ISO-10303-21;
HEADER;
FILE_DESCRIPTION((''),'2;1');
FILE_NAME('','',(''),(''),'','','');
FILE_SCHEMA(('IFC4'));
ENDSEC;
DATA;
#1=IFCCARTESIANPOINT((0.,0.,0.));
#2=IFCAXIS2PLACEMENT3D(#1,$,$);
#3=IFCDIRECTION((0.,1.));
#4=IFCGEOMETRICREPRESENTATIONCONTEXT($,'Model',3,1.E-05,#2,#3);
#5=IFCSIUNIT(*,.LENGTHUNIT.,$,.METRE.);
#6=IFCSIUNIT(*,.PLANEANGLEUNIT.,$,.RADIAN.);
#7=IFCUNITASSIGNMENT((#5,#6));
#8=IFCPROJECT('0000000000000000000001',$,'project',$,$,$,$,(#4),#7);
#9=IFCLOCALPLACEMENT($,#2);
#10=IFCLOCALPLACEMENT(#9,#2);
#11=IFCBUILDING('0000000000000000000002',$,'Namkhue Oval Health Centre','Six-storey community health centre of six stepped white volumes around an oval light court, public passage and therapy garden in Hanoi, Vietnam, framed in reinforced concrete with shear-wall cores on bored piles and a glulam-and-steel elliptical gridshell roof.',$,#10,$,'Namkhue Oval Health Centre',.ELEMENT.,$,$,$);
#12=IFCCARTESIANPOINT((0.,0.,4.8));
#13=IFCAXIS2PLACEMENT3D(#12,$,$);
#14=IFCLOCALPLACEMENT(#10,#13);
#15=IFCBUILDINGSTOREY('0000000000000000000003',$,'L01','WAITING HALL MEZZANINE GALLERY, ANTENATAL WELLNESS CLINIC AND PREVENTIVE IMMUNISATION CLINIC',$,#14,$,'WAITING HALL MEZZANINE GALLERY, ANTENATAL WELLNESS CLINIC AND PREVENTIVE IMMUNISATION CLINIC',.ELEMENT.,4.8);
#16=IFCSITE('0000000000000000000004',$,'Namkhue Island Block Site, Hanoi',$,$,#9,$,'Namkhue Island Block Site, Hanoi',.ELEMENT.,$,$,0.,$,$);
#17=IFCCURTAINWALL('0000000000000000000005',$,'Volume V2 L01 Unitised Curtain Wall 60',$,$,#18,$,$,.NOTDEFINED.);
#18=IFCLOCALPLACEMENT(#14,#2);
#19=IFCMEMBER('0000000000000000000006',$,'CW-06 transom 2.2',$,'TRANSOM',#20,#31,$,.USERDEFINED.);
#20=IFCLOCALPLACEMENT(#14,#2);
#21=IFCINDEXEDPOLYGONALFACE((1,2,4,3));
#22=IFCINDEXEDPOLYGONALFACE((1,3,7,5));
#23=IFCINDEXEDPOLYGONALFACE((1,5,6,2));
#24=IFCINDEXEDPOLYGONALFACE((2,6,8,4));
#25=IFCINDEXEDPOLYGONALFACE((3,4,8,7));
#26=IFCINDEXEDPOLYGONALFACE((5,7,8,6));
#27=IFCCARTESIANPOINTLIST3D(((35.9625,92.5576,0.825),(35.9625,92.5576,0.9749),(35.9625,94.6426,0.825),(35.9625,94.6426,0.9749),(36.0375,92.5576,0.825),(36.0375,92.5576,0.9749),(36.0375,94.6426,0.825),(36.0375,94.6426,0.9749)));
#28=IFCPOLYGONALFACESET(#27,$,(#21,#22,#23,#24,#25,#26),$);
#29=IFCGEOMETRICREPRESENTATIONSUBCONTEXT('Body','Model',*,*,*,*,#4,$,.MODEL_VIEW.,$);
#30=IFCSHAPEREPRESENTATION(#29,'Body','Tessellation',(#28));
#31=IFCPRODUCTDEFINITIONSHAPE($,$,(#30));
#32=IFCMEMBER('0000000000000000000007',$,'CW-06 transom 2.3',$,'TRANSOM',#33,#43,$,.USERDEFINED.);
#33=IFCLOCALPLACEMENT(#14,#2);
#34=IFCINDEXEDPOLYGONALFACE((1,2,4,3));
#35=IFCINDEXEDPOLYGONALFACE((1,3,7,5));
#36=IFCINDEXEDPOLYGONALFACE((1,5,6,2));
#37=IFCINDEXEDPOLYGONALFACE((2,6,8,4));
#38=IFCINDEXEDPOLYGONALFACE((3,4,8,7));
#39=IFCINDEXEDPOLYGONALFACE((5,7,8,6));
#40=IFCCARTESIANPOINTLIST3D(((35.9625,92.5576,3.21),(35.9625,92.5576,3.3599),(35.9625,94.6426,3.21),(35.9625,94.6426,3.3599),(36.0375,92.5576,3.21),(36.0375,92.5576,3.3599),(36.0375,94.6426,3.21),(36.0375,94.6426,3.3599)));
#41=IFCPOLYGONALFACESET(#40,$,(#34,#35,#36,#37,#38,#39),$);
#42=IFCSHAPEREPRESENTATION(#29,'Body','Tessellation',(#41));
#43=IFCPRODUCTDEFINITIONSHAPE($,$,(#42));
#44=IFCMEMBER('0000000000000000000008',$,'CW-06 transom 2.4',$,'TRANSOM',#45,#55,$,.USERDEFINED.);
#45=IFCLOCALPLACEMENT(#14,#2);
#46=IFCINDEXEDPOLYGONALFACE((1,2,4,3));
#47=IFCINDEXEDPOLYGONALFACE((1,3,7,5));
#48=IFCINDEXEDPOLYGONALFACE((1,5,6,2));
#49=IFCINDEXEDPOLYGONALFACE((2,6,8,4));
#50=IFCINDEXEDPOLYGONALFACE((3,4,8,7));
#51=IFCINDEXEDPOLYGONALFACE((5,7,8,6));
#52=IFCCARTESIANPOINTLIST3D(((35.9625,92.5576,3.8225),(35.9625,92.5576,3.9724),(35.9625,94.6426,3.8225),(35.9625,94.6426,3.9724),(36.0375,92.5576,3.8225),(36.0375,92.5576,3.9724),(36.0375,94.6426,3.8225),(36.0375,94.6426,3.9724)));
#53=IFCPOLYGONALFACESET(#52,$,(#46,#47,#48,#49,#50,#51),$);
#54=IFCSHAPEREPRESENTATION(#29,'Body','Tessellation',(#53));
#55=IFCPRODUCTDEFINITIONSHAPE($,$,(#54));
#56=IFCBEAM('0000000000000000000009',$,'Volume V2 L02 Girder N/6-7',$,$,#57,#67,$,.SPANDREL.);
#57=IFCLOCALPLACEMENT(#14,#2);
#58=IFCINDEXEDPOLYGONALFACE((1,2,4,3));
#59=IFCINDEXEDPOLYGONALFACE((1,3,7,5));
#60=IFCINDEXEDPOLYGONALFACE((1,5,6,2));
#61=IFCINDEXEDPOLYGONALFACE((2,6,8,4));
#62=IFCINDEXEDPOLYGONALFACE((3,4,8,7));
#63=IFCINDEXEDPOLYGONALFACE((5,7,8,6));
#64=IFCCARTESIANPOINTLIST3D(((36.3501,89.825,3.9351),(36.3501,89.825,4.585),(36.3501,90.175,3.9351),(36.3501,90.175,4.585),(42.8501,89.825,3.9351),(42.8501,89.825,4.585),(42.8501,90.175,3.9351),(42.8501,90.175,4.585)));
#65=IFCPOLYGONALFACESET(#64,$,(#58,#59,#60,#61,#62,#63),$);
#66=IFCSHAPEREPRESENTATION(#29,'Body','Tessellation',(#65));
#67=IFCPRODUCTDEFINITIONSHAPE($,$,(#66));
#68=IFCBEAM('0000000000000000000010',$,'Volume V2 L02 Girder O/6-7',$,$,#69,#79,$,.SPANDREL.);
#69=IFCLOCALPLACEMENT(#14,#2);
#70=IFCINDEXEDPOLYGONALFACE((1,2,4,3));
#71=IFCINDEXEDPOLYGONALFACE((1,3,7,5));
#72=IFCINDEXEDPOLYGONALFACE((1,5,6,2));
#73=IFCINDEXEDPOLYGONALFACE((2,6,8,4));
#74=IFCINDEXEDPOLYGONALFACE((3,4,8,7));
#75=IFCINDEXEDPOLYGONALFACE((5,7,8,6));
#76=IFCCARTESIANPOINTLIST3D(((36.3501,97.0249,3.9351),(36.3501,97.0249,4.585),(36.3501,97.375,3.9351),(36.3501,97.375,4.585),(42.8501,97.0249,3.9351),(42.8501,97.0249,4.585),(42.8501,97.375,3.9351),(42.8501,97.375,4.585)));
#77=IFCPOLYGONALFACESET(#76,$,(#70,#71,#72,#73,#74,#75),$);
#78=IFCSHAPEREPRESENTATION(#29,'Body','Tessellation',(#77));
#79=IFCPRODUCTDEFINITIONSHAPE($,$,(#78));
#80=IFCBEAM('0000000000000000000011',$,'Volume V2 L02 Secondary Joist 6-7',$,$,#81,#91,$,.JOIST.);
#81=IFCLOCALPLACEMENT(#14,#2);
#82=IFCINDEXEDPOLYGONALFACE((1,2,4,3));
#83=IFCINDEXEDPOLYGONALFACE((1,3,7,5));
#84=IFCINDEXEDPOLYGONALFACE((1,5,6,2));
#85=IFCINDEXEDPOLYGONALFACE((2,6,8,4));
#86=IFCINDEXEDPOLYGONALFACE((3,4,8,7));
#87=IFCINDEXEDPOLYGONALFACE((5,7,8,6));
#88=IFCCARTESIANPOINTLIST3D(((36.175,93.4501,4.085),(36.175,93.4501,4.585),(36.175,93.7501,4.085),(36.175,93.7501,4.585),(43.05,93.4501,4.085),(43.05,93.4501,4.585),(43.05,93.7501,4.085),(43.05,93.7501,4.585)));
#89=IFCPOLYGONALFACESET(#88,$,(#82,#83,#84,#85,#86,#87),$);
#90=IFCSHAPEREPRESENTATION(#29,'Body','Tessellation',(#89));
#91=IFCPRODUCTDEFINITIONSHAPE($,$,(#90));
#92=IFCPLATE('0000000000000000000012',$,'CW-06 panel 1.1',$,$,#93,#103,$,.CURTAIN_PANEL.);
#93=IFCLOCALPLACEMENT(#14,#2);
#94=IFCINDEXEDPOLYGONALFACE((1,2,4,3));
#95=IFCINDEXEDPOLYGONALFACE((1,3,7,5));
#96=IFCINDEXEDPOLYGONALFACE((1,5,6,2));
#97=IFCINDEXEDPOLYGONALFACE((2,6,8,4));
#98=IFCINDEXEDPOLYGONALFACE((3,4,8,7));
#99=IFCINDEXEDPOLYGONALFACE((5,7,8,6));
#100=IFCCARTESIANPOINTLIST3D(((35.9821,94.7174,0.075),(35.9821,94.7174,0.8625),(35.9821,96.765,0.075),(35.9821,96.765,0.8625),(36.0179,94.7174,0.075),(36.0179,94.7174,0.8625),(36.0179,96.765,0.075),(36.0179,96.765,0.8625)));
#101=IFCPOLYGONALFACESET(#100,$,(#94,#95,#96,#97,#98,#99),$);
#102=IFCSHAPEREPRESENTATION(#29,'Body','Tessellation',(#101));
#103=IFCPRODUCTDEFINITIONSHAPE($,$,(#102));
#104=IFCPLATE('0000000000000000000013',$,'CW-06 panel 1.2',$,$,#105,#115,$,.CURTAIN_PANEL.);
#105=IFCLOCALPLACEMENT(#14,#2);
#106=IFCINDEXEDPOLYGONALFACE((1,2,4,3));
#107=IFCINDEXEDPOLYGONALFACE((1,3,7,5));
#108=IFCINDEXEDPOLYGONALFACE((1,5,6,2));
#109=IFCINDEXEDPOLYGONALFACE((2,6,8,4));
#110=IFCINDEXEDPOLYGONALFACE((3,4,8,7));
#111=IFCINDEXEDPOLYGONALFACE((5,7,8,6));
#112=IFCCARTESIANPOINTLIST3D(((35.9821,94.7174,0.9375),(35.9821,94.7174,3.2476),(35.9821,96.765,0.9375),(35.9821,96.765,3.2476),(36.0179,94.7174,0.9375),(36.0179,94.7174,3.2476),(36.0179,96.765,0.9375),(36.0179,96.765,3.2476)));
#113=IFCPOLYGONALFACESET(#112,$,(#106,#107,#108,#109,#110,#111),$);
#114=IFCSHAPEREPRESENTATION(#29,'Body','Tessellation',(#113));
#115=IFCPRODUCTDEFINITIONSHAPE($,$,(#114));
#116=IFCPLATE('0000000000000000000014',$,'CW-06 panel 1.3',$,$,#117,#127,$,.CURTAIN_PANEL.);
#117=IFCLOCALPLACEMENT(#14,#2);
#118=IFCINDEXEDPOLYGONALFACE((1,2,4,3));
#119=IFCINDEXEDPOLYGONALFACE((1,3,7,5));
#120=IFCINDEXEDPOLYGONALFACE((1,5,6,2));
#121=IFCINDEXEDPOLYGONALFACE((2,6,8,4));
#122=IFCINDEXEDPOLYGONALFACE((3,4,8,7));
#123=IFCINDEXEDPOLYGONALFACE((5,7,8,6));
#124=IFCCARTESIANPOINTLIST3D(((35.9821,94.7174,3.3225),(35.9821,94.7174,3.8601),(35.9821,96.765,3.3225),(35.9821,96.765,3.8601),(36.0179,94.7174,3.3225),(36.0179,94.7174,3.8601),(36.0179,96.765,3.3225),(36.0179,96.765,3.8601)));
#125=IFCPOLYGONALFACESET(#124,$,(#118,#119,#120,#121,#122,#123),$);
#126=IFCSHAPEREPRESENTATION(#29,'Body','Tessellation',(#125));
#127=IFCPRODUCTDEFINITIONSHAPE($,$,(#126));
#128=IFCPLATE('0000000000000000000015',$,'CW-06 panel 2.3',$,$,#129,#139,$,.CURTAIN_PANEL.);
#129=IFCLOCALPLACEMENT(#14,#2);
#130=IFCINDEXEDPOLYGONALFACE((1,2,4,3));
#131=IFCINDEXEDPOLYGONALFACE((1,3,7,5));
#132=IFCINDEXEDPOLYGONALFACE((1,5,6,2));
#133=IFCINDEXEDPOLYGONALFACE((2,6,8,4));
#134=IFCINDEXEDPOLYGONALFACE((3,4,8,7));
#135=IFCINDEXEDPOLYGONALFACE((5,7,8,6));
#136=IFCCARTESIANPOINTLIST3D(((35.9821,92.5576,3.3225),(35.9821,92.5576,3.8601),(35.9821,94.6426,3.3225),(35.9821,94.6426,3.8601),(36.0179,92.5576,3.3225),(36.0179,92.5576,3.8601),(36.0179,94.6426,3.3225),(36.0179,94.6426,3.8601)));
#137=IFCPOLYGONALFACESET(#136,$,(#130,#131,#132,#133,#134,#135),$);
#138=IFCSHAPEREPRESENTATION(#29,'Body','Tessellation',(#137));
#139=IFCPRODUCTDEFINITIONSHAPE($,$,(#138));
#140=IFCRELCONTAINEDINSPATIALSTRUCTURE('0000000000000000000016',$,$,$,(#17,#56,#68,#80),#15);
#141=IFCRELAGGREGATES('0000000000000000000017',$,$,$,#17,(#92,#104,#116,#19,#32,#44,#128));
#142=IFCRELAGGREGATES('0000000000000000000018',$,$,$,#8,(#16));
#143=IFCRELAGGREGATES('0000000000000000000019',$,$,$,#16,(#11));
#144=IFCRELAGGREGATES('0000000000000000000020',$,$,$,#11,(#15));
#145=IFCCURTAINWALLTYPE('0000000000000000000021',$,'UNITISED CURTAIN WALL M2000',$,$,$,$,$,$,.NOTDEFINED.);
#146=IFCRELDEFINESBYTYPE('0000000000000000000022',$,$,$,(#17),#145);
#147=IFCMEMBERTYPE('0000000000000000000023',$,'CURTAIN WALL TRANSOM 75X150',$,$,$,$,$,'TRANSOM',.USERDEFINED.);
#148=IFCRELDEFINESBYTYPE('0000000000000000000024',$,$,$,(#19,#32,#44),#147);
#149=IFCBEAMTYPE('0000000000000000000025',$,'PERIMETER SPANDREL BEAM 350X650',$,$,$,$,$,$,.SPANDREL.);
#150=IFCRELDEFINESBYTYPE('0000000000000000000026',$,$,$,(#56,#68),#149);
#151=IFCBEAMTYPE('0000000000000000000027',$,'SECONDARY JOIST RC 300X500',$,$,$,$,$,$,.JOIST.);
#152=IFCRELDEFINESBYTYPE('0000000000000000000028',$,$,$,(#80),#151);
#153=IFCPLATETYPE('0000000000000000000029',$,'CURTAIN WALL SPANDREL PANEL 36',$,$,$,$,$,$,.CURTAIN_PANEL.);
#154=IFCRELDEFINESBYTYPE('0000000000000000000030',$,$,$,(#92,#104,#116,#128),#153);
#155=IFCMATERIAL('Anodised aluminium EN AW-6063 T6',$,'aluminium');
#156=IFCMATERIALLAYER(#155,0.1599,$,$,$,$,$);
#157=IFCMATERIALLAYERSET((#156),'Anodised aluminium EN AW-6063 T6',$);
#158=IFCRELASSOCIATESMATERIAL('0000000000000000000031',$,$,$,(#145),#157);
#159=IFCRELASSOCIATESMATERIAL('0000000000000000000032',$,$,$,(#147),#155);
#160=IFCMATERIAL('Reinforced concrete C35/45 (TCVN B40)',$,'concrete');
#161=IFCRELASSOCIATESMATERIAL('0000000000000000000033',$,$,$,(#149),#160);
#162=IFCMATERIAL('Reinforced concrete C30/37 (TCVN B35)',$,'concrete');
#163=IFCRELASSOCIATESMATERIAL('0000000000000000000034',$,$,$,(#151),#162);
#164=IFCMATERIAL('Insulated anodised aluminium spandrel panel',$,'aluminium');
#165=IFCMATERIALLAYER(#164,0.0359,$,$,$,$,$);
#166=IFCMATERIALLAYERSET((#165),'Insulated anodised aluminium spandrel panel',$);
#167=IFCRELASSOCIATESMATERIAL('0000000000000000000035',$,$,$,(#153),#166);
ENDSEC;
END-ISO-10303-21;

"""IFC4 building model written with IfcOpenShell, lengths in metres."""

from ifc_helpers import new_model, si_unit, direction, frame, origin, origin_2d, place, context, subcontext, project, spatial, rectangle, extrude, material, layer, layer_set, material_profile, profile_set, type_object, element, aggregate, save


model = new_model("IFC4")

# Units and contexts
model_context = context("Model", 3, precision=1e-05, world=origin(), true_north=direction((0.0, 1.0)))
body_context = subcontext(model_context, "Body", "Model", "MODEL_VIEW")
ifc_project = project(units=[si_unit("LENGTHUNIT", "METRE"), si_unit("PLANEANGLEUNIT", "RADIAN")], contexts=[model_context])

# Site, building, storey
site_placement = place(None, origin())
site = spatial("IfcSite", under=ifc_project, at=site_placement, Name="Namkhue Island Block Site, Hanoi", LongName="Namkhue Island Block Site, Hanoi", CompositionType="ELEMENT", RefElevation=0.0)
building_placement = place(site_placement, origin())
building = spatial("IfcBuilding", under=site, at=building_placement, Name="Namkhue Oval Health Centre", Description="Six-storey community health centre of six stepped white volumes around an oval light court, public passage and therapy garden in Hanoi, Vietnam, framed in reinforced concrete with shear-wall cores on bored piles and a glulam-and-steel elliptical gridshell roof.", LongName="Namkhue Oval Health Centre", CompositionType="ELEMENT")
storey_placement = place(building_placement, frame((0.0, 0.0, 4.8)))
storey = spatial("IfcBuildingStorey", under=building, at=storey_placement, Name="L01", Description="WAITING HALL MEZZANINE GALLERY, ANTENATAL WELLNESS CLINIC AND PREVENTIVE IMMUNISATION CLINIC", LongName="WAITING HALL MEZZANINE GALLERY, ANTENATAL WELLNESS CLINIC AND PREVENTIVE IMMUNISATION CLINIC", CompositionType="ELEMENT", Elevation=4.8)

# Shared definitions
ifc_material_1 = material(Name="Reinforced concrete C35/45 (TCVN B40)", Category="concrete")

# Shared definitions
ifc_material_2 = material(Name="Anodised aluminium EN AW-6063 T6", Category="aluminium")

# Curtain wall
ifc_layer_1 = layer(ifc_material_2, 0.1599)
ifc_layer_set_1 = layer_set([ifc_layer_1], Name="Anodised aluminium EN AW-6063 T6")
curtain_wall_type_1 = type_object("IfcCurtainWallType", Name="UNITISED CURTAIN WALL M2000", PredefinedType="NOTDEFINED", material=ifc_layer_set_1)
curtain_wall_1_placement = place(storey_placement, origin())
curtain_wall_1 = element("IfcCurtainWall", 1, at=curtain_wall_1_placement, inside=storey, type_object=curtain_wall_type_1, Name="Volume V2 L01 Unitised Curtain Wall 60", PredefinedType="NOTDEFINED")

# Members
ifc_material_profile_1 = material_profile(ifc_material_2, rectangle(XDim=0.075, YDim=0.1499, at=origin_2d()), Name="ALU 75x150")
ifc_profile_set_1 = profile_set([ifc_material_profile_1], Name="Anodised aluminium EN AW-6063 T6")
member_type_1 = type_object("IfcMemberType", Name="CURTAIN WALL TRANSOM 75X150", ElementType="TRANSOM", PredefinedType="USERDEFINED", material=ifc_profile_set_1)
member_1_placement = place(storey_placement, frame((36.0, 94.6426, 0.8999), z_axis=(0.0, -1.0, 0.0), x_axis=(1.0, 0.0, 0.0)))
member_1 = element("IfcMember", 2, at=member_1_placement, type_object=member_type_1, Name="CW-06 transom 2.2", ObjectType="TRANSOM", PredefinedType="USERDEFINED", context=body_context, shape_type="SweptSolid", body=[
    extrude(rectangle(XDim=0.075, YDim=0.1499, at=origin_2d()), origin(), (0.0, 0.0, 1.0), 2.085),
])
member_2_placement = place(storey_placement, frame((36.0, 94.6426, 3.2849), z_axis=(0.0, -1.0, 0.0), x_axis=(1.0, 0.0, 0.0)))
member_2 = element("IfcMember", 3, at=member_2_placement, type_object=member_type_1, Name="CW-06 transom 2.3", ObjectType="TRANSOM", PredefinedType="USERDEFINED", context=body_context, shape_type="SweptSolid", body=[
    extrude(rectangle(XDim=0.075, YDim=0.1499, at=origin_2d()), origin(), (0.0, 0.0, 1.0), 2.085),
])
member_3_placement = place(storey_placement, frame((36.0, 94.6426, 3.8975), z_axis=(0.0, -1.0, 0.0), x_axis=(1.0, 0.0, 0.0)))
member_3 = element("IfcMember", 4, at=member_3_placement, type_object=member_type_1, Name="CW-06 transom 2.4", ObjectType="TRANSOM", PredefinedType="USERDEFINED", context=body_context, shape_type="SweptSolid", body=[
    extrude(rectangle(XDim=0.075, YDim=0.1499, at=origin_2d()), origin(), (0.0, 0.0, 1.0), 2.085),
])

# Beams
ifc_material_profile_2 = material_profile(ifc_material_1, rectangle(XDim=0.3501, YDim=0.6499, at=origin_2d()), Name="RC 350x650")
ifc_profile_set_2 = profile_set([ifc_material_profile_2], Name="Reinforced concrete C35/45 (TCVN B40)")
beam_type_1 = type_object("IfcBeamType", Name="PERIMETER SPANDREL BEAM 350X650", PredefinedType="SPANDREL", material=ifc_profile_set_2)
for number, where, z_axis, x_axis, name in (
    (5, (36.3501, 90.0, 4.26), (1.0, 0.0, 0.0), (0.0, 1.0, 0.0), "Volume V2 L02 Girder N/6-7"),
    (6, (36.3501, 97.2, 4.26), (1.0, 0.0, 0.0), (0.0, 1.0, 0.0), "Volume V2 L02 Girder O/6-7"),
):
    element("IfcBeam", number, at=place(storey_placement, frame(where, z_axis=z_axis, x_axis=x_axis)), inside=storey, type_object=beam_type_1, Name=name, PredefinedType="SPANDREL", context=body_context, shape_type="SweptSolid", body=[
        extrude(rectangle(XDim=0.3501, YDim=0.6499, at=origin_2d()), origin(), (0.0, 0.0, 1.0), 6.5),
    ])
ifc_material_3 = material(Name="Reinforced concrete C30/37 (TCVN B35)", Category="concrete")
ifc_material_profile_3 = material_profile(ifc_material_3, rectangle(XDim=0.3, YDim=0.5, at=origin_2d()), Name="RC 300x500")
ifc_profile_set_3 = profile_set([ifc_material_profile_3], Name="Reinforced concrete C30/37 (TCVN B35)")
beam_type_2 = type_object("IfcBeamType", Name="SECONDARY JOIST RC 300X500", PredefinedType="JOIST", material=ifc_profile_set_3)
beam_placement = place(storey_placement, frame((36.175, 93.6001, 4.335), z_axis=(1.0, 0.0, 0.0), x_axis=(0.0, 1.0, 0.0)))
element("IfcBeam", 7, at=beam_placement, inside=storey, type_object=beam_type_2, Name="Volume V2 L02 Secondary Joist 6-7", PredefinedType="JOIST", context=body_context, shape_type="SweptSolid", body=[
    extrude(rectangle(XDim=0.3, YDim=0.5, at=origin_2d()), origin(), (0.0, 0.0, 1.0), 6.875),
])

# Plates
ifc_material_4 = material(Name="Insulated anodised aluminium spandrel panel", Category="aluminium")
ifc_layer_2 = layer(ifc_material_4, 0.0359)
ifc_layer_set_2 = layer_set([ifc_layer_2], Name="Insulated anodised aluminium spandrel panel")
plate_type = type_object("IfcPlateType", Name="CURTAIN WALL SPANDREL PANEL 36", PredefinedType="CURTAIN_PANEL", material=ifc_layer_set_2)
plate_1_placement = place(storey_placement, frame((36.0, 95.7412, 0.075), z_axis=(0.0, 0.0, 1.0), x_axis=(0.0, -1.0, 0.0)))
plate_1 = element("IfcPlate", 8, at=plate_1_placement, type_object=plate_type, Name="CW-06 panel 1.1", PredefinedType="CURTAIN_PANEL", context=body_context, shape_type="SweptSolid", body=[
    extrude(rectangle(XDim=2.0476, YDim=0.0359, at=origin_2d()), origin(), (0.0, 0.0, 1.0), 0.7876),
])
plate_2_placement = place(storey_placement, frame((36.0, 95.7412, 0.9375), z_axis=(0.0, 0.0, 1.0), x_axis=(0.0, -1.0, 0.0)))
plate_2 = element("IfcPlate", 9, at=plate_2_placement, type_object=plate_type, Name="CW-06 panel 1.2", PredefinedType="CURTAIN_PANEL", context=body_context, shape_type="SweptSolid", body=[
    extrude(rectangle(XDim=2.0476, YDim=0.0359, at=origin_2d()), origin(), (0.0, 0.0, 1.0), 2.3101),
])
plate_3_placement = place(storey_placement, frame((36.0, 95.7412, 3.3225), z_axis=(0.0, 0.0, 1.0), x_axis=(0.0, -1.0, 0.0)))
plate_3 = element("IfcPlate", 10, at=plate_3_placement, type_object=plate_type, Name="CW-06 panel 1.3", PredefinedType="CURTAIN_PANEL", context=body_context, shape_type="SweptSolid", body=[
    extrude(rectangle(XDim=2.0476, YDim=0.0359, at=origin_2d()), origin(), (0.0, 0.0, 1.0), 0.5376),
])
plate_4_placement = place(storey_placement, frame((36.0, 93.6001, 3.3225), z_axis=(0.0, 0.0, 1.0), x_axis=(0.0, -1.0, 0.0)))
plate_4 = element("IfcPlate", 11, at=plate_4_placement, type_object=plate_type, Name="CW-06 panel 2.3", PredefinedType="CURTAIN_PANEL", context=body_context, shape_type="SweptSolid", body=[
    extrude(rectangle(XDim=2.085, YDim=0.0359, at=origin_2d()), origin(), (0.0, 0.0, 1.0), 0.5376),
])
aggregate(curtain_wall_1, [plate_1, plate_2, plate_3, member_1, member_2, member_3, plate_4])

save(model, "model.ifc")
